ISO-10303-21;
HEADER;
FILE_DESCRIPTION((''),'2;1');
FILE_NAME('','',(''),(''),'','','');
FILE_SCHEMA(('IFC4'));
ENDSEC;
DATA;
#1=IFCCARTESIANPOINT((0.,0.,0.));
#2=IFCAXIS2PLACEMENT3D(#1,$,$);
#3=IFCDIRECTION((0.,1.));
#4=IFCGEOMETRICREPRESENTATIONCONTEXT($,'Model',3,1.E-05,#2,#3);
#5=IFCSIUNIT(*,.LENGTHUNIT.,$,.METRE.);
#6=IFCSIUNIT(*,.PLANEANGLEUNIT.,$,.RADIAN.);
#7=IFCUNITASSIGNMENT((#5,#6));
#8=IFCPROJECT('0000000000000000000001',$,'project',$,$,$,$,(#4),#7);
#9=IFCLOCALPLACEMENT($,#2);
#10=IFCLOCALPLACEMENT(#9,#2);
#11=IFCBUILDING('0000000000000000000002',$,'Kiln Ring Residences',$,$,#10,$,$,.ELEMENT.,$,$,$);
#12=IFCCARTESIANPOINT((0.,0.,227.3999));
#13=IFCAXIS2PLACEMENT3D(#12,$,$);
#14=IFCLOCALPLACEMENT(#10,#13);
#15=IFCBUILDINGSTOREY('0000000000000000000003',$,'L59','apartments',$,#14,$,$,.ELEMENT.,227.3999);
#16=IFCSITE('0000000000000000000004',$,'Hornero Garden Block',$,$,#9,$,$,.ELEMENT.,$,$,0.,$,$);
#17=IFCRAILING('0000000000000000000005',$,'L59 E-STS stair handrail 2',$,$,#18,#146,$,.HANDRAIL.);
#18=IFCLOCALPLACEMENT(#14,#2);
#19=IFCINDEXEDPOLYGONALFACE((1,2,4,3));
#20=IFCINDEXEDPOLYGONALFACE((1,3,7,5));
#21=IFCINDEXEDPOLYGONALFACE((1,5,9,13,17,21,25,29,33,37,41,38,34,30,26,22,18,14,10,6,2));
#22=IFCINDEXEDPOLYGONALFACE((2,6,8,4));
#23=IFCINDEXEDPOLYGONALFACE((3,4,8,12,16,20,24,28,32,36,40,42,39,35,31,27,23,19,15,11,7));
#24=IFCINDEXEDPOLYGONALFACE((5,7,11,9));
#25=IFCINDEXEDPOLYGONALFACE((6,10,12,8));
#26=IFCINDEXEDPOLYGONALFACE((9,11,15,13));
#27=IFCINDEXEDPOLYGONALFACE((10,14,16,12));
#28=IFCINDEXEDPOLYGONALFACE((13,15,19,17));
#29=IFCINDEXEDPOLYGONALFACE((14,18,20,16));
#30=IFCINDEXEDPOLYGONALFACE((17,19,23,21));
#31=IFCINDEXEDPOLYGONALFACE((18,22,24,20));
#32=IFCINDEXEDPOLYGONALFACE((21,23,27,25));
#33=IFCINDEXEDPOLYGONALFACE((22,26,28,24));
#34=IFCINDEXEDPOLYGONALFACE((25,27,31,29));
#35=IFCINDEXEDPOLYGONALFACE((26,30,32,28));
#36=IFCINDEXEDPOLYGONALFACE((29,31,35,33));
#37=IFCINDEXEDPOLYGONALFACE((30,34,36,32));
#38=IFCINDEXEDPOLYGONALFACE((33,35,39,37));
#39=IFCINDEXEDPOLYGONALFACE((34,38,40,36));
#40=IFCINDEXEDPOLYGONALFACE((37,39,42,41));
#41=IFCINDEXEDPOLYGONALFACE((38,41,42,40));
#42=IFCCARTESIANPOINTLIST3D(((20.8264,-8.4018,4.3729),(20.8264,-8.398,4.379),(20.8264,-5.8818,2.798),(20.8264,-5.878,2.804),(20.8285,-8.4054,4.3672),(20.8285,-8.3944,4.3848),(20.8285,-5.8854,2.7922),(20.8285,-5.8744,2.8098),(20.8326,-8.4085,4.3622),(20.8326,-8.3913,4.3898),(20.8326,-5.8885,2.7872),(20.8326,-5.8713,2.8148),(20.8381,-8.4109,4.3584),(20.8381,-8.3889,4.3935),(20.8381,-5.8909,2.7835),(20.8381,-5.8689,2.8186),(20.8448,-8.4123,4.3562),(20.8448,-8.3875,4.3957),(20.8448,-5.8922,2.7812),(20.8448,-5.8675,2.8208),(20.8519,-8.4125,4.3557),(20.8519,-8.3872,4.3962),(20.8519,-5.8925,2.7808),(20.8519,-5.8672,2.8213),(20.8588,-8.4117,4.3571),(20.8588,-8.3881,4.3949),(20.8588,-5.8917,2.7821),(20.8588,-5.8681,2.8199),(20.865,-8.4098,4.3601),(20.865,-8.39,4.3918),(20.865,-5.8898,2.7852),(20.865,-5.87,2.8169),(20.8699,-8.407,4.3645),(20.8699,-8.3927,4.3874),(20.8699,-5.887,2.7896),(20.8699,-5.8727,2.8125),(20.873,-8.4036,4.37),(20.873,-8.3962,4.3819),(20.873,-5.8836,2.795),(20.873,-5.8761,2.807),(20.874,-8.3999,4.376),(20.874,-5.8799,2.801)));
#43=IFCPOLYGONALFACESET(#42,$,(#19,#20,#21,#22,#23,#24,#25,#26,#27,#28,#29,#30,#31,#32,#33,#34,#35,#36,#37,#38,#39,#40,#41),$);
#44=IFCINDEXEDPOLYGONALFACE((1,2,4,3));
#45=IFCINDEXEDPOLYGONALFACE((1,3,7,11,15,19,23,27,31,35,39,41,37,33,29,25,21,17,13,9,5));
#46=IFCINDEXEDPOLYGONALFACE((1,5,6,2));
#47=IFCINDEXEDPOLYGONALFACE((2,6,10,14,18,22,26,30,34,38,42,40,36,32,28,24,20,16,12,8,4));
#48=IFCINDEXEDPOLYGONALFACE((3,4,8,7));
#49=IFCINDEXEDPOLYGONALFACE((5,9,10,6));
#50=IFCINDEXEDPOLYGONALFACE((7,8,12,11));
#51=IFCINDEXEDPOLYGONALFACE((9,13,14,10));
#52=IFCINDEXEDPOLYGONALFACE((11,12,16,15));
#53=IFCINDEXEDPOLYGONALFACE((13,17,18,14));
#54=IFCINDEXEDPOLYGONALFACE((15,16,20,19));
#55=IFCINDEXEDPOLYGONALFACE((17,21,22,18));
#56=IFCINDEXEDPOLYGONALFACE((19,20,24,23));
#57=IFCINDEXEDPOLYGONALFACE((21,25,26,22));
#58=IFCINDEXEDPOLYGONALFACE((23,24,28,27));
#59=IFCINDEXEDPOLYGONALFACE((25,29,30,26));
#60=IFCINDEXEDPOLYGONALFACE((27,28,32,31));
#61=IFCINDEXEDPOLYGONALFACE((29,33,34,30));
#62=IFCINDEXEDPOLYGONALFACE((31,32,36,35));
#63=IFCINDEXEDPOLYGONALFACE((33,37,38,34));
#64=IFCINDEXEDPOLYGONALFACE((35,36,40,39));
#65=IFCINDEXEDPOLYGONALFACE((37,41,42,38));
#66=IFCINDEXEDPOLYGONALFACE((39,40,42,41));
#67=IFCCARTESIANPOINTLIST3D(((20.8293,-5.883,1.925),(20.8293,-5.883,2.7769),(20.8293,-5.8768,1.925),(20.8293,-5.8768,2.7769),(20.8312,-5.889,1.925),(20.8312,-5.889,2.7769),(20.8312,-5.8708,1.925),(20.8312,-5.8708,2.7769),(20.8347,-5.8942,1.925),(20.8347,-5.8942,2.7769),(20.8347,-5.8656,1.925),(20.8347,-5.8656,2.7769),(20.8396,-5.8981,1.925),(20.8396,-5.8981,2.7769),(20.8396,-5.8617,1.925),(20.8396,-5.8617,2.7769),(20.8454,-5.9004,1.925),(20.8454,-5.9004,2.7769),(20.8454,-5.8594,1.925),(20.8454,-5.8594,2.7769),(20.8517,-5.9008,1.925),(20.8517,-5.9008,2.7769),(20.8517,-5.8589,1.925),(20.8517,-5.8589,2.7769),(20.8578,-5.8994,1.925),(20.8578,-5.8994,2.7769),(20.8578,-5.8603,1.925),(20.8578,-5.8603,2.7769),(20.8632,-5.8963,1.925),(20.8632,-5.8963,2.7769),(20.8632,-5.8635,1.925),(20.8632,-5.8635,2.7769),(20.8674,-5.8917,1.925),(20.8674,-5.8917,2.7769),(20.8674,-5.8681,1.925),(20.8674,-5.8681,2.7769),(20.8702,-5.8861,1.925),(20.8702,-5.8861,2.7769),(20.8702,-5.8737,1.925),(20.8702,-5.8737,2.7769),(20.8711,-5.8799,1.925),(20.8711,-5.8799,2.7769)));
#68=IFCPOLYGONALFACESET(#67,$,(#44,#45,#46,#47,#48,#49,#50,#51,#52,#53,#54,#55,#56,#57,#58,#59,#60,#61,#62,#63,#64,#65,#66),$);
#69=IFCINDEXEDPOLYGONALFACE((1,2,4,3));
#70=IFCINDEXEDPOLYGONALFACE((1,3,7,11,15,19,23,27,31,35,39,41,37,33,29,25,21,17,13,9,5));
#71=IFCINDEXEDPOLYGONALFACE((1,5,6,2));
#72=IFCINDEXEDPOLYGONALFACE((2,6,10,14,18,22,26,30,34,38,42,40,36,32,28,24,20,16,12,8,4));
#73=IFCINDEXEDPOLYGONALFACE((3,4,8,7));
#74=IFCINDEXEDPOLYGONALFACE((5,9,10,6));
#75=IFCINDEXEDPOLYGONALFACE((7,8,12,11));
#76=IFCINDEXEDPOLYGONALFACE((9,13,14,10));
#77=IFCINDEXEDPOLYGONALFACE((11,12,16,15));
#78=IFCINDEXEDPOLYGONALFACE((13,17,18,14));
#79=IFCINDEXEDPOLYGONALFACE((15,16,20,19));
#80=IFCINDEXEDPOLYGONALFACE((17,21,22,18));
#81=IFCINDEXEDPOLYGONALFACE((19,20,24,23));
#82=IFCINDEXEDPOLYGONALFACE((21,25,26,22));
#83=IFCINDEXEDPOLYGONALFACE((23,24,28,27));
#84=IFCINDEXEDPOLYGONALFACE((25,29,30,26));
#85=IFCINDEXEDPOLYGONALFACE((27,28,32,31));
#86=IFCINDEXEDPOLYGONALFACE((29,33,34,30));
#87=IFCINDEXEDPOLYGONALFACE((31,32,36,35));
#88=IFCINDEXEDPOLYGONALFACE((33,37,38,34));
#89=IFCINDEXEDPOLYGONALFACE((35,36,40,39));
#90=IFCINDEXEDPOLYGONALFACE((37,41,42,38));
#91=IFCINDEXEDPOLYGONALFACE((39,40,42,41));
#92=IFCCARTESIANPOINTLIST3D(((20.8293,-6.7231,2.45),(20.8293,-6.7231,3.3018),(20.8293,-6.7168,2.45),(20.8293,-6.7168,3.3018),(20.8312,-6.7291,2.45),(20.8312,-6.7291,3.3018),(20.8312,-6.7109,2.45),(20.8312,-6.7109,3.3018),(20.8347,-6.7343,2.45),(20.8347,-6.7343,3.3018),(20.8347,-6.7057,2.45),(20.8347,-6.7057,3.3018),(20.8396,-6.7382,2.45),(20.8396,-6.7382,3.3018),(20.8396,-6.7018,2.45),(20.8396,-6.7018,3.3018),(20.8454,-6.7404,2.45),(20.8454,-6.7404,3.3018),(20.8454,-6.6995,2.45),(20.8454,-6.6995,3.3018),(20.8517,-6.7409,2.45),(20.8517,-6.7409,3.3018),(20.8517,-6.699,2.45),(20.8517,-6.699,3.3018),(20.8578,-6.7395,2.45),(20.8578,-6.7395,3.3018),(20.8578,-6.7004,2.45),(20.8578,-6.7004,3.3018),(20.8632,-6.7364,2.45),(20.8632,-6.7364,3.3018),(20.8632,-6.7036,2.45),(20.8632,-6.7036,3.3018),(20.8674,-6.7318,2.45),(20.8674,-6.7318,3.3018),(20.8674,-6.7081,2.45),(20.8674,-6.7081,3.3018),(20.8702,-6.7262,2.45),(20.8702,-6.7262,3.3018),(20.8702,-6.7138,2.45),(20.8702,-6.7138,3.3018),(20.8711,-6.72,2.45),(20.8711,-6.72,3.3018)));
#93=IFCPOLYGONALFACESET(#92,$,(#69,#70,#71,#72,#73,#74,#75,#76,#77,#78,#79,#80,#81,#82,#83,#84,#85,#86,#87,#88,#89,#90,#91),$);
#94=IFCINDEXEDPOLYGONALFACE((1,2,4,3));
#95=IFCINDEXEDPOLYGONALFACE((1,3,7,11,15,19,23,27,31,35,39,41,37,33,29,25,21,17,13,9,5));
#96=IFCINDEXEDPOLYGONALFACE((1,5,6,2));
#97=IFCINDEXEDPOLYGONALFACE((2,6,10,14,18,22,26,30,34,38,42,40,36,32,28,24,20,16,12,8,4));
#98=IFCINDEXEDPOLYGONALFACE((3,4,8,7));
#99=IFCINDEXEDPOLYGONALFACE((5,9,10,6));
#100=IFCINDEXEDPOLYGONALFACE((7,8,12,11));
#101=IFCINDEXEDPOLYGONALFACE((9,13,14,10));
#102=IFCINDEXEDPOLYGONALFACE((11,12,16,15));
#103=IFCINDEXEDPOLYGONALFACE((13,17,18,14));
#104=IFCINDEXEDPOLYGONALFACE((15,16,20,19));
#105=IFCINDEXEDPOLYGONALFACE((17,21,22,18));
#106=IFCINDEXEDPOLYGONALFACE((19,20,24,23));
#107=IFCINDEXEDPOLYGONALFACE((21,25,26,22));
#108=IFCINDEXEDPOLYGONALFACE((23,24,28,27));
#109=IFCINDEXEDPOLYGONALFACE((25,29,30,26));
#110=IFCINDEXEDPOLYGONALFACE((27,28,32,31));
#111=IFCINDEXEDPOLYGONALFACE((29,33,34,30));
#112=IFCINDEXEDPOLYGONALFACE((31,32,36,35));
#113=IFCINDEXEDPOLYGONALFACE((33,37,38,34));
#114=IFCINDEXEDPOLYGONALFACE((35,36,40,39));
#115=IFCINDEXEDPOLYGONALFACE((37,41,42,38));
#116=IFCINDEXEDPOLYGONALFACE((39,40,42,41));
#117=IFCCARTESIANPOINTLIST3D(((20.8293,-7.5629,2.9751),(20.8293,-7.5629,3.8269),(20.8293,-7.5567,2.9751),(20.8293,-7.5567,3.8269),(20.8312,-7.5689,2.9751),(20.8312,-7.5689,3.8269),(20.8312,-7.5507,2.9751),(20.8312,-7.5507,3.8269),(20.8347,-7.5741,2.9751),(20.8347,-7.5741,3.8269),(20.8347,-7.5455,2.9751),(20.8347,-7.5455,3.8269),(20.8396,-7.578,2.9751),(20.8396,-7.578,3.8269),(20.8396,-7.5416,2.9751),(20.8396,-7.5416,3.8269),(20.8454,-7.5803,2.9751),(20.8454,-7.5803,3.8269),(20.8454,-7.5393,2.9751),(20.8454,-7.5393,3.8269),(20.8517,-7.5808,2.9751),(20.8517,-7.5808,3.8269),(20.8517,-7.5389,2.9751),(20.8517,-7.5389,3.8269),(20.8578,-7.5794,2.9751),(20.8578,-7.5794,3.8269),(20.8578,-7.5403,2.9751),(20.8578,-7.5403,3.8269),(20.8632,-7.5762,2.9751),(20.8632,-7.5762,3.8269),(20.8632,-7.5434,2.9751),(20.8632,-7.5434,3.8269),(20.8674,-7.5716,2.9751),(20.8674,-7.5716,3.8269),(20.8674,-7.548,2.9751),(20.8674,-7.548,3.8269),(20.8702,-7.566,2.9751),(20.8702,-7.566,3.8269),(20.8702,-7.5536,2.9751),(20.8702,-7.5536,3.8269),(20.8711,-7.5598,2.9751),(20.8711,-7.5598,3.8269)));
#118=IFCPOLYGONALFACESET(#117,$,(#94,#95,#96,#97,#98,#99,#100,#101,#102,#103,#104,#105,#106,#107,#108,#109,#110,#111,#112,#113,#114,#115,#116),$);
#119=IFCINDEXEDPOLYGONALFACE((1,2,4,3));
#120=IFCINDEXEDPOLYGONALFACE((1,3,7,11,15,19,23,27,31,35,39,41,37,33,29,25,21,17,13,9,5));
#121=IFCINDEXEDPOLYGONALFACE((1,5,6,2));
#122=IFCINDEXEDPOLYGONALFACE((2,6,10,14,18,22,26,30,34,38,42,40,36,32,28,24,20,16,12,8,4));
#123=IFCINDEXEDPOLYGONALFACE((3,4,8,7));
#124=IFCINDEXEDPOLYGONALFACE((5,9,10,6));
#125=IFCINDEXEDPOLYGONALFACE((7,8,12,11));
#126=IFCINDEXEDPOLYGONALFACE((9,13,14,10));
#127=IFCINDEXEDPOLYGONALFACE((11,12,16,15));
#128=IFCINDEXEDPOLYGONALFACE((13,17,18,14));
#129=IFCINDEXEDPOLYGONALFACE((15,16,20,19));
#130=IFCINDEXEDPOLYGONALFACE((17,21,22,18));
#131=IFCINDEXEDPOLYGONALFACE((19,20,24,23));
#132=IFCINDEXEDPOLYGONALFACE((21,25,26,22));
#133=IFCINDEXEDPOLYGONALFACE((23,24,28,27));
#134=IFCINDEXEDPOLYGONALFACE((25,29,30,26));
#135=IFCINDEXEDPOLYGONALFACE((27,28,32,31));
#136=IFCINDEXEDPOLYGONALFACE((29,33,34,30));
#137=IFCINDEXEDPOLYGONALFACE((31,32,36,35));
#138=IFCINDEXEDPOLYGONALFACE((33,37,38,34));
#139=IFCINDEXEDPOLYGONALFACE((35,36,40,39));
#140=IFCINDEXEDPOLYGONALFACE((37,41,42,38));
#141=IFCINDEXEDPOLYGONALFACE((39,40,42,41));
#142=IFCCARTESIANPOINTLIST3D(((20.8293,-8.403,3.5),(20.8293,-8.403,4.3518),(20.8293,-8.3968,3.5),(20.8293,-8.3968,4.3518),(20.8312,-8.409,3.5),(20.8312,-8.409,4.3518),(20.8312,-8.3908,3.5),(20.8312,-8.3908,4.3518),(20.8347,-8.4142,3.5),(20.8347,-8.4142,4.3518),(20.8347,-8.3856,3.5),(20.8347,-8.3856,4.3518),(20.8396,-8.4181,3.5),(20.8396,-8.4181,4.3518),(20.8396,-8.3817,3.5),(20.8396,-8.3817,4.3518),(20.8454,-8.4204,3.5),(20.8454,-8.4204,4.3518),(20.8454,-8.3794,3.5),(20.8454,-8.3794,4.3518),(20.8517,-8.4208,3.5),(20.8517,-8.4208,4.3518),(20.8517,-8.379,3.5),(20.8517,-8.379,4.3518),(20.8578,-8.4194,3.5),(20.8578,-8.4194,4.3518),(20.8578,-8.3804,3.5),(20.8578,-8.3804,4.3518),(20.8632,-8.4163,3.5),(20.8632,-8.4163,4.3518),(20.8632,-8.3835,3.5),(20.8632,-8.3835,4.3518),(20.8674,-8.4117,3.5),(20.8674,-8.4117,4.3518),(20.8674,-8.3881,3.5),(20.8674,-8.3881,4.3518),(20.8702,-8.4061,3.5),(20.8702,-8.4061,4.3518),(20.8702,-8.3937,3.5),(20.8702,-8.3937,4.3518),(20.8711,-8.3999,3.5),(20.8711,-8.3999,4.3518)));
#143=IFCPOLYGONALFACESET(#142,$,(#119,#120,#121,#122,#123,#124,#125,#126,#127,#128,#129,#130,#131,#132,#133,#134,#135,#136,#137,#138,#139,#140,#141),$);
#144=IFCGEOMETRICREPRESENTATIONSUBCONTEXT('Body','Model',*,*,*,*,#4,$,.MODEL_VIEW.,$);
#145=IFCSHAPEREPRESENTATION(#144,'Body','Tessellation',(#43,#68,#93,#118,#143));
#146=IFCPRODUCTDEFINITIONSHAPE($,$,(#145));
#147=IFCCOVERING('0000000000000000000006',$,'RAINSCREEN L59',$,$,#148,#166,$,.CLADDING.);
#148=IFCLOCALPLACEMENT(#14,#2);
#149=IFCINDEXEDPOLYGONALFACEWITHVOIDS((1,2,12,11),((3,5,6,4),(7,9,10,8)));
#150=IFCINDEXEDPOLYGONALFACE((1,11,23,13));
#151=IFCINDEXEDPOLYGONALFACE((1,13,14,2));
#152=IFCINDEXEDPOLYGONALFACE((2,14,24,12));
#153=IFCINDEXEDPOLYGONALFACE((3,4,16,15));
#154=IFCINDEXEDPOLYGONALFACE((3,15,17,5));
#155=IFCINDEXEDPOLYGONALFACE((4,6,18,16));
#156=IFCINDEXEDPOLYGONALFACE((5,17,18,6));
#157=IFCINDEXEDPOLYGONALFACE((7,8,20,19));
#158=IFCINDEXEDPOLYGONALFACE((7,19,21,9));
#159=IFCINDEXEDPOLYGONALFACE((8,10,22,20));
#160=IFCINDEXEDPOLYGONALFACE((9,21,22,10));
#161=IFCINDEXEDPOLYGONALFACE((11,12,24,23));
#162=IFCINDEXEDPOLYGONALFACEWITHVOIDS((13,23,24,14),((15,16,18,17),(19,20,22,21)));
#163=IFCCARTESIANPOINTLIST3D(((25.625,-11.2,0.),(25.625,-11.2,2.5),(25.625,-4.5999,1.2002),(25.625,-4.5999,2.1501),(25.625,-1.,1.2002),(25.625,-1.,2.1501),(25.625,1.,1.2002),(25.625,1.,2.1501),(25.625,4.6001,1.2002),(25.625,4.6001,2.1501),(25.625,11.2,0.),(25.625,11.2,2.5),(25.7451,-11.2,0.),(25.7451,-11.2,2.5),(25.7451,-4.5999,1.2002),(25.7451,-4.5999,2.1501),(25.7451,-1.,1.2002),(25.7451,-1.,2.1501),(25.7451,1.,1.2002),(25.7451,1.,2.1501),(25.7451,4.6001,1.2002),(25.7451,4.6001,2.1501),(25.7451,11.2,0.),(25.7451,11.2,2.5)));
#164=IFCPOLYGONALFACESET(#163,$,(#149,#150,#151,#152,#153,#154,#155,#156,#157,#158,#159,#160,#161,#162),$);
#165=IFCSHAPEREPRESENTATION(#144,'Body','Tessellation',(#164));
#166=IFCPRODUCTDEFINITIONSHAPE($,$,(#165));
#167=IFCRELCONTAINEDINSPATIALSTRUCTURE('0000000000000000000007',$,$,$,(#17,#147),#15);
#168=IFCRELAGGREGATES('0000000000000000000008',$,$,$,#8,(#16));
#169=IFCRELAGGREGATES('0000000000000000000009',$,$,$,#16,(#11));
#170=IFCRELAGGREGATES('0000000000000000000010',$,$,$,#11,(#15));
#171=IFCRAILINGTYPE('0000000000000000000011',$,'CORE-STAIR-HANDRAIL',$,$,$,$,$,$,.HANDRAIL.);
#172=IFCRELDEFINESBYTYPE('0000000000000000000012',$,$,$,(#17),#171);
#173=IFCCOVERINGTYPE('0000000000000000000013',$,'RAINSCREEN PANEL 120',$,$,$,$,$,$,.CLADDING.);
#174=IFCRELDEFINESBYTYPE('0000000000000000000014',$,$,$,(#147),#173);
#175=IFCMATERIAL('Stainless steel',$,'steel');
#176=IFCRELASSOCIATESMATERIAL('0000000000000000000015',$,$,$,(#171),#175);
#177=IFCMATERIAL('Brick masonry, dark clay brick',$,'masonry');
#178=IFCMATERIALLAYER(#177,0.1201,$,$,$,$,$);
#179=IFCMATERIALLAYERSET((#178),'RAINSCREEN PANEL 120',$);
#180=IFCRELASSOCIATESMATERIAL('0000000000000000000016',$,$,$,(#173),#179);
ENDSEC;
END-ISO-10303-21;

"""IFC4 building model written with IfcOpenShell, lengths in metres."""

from ifc_helpers import new_model, si_unit, direction, frame, origin, origin_2d, place, context, subcontext, project, spatial, polyline, circle, outline, extrude, material, layer, layer_set, type_object, element, save


model = new_model("IFC4")

# Units and contexts
model_context = context("Model", 3, precision=1e-05, world=origin(), true_north=direction((0.0, 1.0)))
body_context = subcontext(model_context, "Body", "Model", "MODEL_VIEW")
ifc_project = project(units=[si_unit("LENGTHUNIT", "METRE"), si_unit("PLANEANGLEUNIT", "RADIAN")], contexts=[model_context])

# Site, building, storey
site_placement = place(None, origin())
site = spatial("IfcSite", under=ifc_project, at=site_placement, Name="Hornero Garden Block", CompositionType="ELEMENT", RefElevation=0.0)
building_placement = place(site_placement, origin())
building = spatial("IfcBuilding", under=site, at=building_placement, Name="Kiln Ring Residences", CompositionType="ELEMENT")
storey_placement = place(building_placement, frame((0.0, 0.0, 227.3999)))
storey = spatial("IfcBuildingStorey", under=building, at=storey_placement, Name="L59", Description="apartments", CompositionType="ELEMENT", Elevation=227.3999)

# Railing
ifc_material_1 = material(Name="Stainless steel", Category="steel")
railing_type_1 = type_object("IfcRailingType", Name="CORE-STAIR-HANDRAIL", PredefinedType="HANDRAIL", material=ifc_material_1)
railing_1_placement = place(storey_placement, frame((20.8501, -5.8799, 1.925)))
element("IfcRailing", 1, at=railing_1_placement, inside=storey, type_object=railing_type_1, Name="L59 E-STS stair handrail 2", PredefinedType="HANDRAIL", context=body_context, shape_type="SweptSolid", body=[
    extrude(circle(Radius=0.0239, at=origin_2d()), frame((0.0, 0.0, 0.876), z_axis=(0.0, -0.848008, 0.529984), x_axis=(1.0, 0.0, 0.0)), (0.0, 0.0, 1.0), 2.9717),
    extrude(circle(Radius=0.021, at=origin_2d()), origin(), (0.0, 0.0, 1.0), 0.8518),
    extrude(circle(Radius=0.021, at=origin_2d()), frame((0.0, -0.8401, 0.5249)), (0.0, 0.0, 1.0), 0.8518),
    extrude(circle(Radius=0.021, at=origin_2d()), frame((0.0, -1.6799, 1.05)), (0.0, 0.0, 1.0), 0.8518),
    extrude(circle(Radius=0.021, at=origin_2d()), frame((0.0, -2.52, 1.575)), (0.0, 0.0, 1.0), 0.8518),
])

# Covering
ifc_material_2 = material(Name="Brick masonry, dark clay brick", Category="masonry")
ifc_layer_1 = layer(ifc_material_2, 0.1201)
ifc_layer_set_1 = layer_set([ifc_layer_1], Name="RAINSCREEN PANEL 120")
covering_type = type_object("IfcCoveringType", Name="RAINSCREEN PANEL 120", PredefinedType="CLADDING", material=ifc_layer_set_1)
covering_placement = place(storey_placement, frame((25.6851, -11.2, 0.0), z_axis=(0.0, 0.0, 1.0), x_axis=(0.0, 1.0, 0.0)))
element("IfcCovering", 2, at=covering_placement, inside=storey, type_object=covering_type, Name="RAINSCREEN L59", PredefinedType="CLADDING", context=body_context, shape_type="SweptSolid", body=[
    extrude(outline(polyline([(0.0, 0.0), (22.3999, 0.0), (22.3999, 2.5), (0.0, 2.5), (0.0, 0.0)]), holes=[polyline([(10.2, 2.1501), (6.6001, 2.1501), (6.6001, 1.2002), (10.2, 1.2002), (10.2, 2.1501)]), polyline([(15.8, 2.1501), (12.2, 2.1501), (12.2, 1.2002), (15.8, 1.2002), (15.8, 2.1501)])]), frame((0.0, 0.0601, 0.0), z_axis=(0.0, -1.0, 0.0), x_axis=(1.0, 0.0, 0.0)), (0.0, 0.0, 1.0), 0.1201),
])

save(model, "model.ifc")
